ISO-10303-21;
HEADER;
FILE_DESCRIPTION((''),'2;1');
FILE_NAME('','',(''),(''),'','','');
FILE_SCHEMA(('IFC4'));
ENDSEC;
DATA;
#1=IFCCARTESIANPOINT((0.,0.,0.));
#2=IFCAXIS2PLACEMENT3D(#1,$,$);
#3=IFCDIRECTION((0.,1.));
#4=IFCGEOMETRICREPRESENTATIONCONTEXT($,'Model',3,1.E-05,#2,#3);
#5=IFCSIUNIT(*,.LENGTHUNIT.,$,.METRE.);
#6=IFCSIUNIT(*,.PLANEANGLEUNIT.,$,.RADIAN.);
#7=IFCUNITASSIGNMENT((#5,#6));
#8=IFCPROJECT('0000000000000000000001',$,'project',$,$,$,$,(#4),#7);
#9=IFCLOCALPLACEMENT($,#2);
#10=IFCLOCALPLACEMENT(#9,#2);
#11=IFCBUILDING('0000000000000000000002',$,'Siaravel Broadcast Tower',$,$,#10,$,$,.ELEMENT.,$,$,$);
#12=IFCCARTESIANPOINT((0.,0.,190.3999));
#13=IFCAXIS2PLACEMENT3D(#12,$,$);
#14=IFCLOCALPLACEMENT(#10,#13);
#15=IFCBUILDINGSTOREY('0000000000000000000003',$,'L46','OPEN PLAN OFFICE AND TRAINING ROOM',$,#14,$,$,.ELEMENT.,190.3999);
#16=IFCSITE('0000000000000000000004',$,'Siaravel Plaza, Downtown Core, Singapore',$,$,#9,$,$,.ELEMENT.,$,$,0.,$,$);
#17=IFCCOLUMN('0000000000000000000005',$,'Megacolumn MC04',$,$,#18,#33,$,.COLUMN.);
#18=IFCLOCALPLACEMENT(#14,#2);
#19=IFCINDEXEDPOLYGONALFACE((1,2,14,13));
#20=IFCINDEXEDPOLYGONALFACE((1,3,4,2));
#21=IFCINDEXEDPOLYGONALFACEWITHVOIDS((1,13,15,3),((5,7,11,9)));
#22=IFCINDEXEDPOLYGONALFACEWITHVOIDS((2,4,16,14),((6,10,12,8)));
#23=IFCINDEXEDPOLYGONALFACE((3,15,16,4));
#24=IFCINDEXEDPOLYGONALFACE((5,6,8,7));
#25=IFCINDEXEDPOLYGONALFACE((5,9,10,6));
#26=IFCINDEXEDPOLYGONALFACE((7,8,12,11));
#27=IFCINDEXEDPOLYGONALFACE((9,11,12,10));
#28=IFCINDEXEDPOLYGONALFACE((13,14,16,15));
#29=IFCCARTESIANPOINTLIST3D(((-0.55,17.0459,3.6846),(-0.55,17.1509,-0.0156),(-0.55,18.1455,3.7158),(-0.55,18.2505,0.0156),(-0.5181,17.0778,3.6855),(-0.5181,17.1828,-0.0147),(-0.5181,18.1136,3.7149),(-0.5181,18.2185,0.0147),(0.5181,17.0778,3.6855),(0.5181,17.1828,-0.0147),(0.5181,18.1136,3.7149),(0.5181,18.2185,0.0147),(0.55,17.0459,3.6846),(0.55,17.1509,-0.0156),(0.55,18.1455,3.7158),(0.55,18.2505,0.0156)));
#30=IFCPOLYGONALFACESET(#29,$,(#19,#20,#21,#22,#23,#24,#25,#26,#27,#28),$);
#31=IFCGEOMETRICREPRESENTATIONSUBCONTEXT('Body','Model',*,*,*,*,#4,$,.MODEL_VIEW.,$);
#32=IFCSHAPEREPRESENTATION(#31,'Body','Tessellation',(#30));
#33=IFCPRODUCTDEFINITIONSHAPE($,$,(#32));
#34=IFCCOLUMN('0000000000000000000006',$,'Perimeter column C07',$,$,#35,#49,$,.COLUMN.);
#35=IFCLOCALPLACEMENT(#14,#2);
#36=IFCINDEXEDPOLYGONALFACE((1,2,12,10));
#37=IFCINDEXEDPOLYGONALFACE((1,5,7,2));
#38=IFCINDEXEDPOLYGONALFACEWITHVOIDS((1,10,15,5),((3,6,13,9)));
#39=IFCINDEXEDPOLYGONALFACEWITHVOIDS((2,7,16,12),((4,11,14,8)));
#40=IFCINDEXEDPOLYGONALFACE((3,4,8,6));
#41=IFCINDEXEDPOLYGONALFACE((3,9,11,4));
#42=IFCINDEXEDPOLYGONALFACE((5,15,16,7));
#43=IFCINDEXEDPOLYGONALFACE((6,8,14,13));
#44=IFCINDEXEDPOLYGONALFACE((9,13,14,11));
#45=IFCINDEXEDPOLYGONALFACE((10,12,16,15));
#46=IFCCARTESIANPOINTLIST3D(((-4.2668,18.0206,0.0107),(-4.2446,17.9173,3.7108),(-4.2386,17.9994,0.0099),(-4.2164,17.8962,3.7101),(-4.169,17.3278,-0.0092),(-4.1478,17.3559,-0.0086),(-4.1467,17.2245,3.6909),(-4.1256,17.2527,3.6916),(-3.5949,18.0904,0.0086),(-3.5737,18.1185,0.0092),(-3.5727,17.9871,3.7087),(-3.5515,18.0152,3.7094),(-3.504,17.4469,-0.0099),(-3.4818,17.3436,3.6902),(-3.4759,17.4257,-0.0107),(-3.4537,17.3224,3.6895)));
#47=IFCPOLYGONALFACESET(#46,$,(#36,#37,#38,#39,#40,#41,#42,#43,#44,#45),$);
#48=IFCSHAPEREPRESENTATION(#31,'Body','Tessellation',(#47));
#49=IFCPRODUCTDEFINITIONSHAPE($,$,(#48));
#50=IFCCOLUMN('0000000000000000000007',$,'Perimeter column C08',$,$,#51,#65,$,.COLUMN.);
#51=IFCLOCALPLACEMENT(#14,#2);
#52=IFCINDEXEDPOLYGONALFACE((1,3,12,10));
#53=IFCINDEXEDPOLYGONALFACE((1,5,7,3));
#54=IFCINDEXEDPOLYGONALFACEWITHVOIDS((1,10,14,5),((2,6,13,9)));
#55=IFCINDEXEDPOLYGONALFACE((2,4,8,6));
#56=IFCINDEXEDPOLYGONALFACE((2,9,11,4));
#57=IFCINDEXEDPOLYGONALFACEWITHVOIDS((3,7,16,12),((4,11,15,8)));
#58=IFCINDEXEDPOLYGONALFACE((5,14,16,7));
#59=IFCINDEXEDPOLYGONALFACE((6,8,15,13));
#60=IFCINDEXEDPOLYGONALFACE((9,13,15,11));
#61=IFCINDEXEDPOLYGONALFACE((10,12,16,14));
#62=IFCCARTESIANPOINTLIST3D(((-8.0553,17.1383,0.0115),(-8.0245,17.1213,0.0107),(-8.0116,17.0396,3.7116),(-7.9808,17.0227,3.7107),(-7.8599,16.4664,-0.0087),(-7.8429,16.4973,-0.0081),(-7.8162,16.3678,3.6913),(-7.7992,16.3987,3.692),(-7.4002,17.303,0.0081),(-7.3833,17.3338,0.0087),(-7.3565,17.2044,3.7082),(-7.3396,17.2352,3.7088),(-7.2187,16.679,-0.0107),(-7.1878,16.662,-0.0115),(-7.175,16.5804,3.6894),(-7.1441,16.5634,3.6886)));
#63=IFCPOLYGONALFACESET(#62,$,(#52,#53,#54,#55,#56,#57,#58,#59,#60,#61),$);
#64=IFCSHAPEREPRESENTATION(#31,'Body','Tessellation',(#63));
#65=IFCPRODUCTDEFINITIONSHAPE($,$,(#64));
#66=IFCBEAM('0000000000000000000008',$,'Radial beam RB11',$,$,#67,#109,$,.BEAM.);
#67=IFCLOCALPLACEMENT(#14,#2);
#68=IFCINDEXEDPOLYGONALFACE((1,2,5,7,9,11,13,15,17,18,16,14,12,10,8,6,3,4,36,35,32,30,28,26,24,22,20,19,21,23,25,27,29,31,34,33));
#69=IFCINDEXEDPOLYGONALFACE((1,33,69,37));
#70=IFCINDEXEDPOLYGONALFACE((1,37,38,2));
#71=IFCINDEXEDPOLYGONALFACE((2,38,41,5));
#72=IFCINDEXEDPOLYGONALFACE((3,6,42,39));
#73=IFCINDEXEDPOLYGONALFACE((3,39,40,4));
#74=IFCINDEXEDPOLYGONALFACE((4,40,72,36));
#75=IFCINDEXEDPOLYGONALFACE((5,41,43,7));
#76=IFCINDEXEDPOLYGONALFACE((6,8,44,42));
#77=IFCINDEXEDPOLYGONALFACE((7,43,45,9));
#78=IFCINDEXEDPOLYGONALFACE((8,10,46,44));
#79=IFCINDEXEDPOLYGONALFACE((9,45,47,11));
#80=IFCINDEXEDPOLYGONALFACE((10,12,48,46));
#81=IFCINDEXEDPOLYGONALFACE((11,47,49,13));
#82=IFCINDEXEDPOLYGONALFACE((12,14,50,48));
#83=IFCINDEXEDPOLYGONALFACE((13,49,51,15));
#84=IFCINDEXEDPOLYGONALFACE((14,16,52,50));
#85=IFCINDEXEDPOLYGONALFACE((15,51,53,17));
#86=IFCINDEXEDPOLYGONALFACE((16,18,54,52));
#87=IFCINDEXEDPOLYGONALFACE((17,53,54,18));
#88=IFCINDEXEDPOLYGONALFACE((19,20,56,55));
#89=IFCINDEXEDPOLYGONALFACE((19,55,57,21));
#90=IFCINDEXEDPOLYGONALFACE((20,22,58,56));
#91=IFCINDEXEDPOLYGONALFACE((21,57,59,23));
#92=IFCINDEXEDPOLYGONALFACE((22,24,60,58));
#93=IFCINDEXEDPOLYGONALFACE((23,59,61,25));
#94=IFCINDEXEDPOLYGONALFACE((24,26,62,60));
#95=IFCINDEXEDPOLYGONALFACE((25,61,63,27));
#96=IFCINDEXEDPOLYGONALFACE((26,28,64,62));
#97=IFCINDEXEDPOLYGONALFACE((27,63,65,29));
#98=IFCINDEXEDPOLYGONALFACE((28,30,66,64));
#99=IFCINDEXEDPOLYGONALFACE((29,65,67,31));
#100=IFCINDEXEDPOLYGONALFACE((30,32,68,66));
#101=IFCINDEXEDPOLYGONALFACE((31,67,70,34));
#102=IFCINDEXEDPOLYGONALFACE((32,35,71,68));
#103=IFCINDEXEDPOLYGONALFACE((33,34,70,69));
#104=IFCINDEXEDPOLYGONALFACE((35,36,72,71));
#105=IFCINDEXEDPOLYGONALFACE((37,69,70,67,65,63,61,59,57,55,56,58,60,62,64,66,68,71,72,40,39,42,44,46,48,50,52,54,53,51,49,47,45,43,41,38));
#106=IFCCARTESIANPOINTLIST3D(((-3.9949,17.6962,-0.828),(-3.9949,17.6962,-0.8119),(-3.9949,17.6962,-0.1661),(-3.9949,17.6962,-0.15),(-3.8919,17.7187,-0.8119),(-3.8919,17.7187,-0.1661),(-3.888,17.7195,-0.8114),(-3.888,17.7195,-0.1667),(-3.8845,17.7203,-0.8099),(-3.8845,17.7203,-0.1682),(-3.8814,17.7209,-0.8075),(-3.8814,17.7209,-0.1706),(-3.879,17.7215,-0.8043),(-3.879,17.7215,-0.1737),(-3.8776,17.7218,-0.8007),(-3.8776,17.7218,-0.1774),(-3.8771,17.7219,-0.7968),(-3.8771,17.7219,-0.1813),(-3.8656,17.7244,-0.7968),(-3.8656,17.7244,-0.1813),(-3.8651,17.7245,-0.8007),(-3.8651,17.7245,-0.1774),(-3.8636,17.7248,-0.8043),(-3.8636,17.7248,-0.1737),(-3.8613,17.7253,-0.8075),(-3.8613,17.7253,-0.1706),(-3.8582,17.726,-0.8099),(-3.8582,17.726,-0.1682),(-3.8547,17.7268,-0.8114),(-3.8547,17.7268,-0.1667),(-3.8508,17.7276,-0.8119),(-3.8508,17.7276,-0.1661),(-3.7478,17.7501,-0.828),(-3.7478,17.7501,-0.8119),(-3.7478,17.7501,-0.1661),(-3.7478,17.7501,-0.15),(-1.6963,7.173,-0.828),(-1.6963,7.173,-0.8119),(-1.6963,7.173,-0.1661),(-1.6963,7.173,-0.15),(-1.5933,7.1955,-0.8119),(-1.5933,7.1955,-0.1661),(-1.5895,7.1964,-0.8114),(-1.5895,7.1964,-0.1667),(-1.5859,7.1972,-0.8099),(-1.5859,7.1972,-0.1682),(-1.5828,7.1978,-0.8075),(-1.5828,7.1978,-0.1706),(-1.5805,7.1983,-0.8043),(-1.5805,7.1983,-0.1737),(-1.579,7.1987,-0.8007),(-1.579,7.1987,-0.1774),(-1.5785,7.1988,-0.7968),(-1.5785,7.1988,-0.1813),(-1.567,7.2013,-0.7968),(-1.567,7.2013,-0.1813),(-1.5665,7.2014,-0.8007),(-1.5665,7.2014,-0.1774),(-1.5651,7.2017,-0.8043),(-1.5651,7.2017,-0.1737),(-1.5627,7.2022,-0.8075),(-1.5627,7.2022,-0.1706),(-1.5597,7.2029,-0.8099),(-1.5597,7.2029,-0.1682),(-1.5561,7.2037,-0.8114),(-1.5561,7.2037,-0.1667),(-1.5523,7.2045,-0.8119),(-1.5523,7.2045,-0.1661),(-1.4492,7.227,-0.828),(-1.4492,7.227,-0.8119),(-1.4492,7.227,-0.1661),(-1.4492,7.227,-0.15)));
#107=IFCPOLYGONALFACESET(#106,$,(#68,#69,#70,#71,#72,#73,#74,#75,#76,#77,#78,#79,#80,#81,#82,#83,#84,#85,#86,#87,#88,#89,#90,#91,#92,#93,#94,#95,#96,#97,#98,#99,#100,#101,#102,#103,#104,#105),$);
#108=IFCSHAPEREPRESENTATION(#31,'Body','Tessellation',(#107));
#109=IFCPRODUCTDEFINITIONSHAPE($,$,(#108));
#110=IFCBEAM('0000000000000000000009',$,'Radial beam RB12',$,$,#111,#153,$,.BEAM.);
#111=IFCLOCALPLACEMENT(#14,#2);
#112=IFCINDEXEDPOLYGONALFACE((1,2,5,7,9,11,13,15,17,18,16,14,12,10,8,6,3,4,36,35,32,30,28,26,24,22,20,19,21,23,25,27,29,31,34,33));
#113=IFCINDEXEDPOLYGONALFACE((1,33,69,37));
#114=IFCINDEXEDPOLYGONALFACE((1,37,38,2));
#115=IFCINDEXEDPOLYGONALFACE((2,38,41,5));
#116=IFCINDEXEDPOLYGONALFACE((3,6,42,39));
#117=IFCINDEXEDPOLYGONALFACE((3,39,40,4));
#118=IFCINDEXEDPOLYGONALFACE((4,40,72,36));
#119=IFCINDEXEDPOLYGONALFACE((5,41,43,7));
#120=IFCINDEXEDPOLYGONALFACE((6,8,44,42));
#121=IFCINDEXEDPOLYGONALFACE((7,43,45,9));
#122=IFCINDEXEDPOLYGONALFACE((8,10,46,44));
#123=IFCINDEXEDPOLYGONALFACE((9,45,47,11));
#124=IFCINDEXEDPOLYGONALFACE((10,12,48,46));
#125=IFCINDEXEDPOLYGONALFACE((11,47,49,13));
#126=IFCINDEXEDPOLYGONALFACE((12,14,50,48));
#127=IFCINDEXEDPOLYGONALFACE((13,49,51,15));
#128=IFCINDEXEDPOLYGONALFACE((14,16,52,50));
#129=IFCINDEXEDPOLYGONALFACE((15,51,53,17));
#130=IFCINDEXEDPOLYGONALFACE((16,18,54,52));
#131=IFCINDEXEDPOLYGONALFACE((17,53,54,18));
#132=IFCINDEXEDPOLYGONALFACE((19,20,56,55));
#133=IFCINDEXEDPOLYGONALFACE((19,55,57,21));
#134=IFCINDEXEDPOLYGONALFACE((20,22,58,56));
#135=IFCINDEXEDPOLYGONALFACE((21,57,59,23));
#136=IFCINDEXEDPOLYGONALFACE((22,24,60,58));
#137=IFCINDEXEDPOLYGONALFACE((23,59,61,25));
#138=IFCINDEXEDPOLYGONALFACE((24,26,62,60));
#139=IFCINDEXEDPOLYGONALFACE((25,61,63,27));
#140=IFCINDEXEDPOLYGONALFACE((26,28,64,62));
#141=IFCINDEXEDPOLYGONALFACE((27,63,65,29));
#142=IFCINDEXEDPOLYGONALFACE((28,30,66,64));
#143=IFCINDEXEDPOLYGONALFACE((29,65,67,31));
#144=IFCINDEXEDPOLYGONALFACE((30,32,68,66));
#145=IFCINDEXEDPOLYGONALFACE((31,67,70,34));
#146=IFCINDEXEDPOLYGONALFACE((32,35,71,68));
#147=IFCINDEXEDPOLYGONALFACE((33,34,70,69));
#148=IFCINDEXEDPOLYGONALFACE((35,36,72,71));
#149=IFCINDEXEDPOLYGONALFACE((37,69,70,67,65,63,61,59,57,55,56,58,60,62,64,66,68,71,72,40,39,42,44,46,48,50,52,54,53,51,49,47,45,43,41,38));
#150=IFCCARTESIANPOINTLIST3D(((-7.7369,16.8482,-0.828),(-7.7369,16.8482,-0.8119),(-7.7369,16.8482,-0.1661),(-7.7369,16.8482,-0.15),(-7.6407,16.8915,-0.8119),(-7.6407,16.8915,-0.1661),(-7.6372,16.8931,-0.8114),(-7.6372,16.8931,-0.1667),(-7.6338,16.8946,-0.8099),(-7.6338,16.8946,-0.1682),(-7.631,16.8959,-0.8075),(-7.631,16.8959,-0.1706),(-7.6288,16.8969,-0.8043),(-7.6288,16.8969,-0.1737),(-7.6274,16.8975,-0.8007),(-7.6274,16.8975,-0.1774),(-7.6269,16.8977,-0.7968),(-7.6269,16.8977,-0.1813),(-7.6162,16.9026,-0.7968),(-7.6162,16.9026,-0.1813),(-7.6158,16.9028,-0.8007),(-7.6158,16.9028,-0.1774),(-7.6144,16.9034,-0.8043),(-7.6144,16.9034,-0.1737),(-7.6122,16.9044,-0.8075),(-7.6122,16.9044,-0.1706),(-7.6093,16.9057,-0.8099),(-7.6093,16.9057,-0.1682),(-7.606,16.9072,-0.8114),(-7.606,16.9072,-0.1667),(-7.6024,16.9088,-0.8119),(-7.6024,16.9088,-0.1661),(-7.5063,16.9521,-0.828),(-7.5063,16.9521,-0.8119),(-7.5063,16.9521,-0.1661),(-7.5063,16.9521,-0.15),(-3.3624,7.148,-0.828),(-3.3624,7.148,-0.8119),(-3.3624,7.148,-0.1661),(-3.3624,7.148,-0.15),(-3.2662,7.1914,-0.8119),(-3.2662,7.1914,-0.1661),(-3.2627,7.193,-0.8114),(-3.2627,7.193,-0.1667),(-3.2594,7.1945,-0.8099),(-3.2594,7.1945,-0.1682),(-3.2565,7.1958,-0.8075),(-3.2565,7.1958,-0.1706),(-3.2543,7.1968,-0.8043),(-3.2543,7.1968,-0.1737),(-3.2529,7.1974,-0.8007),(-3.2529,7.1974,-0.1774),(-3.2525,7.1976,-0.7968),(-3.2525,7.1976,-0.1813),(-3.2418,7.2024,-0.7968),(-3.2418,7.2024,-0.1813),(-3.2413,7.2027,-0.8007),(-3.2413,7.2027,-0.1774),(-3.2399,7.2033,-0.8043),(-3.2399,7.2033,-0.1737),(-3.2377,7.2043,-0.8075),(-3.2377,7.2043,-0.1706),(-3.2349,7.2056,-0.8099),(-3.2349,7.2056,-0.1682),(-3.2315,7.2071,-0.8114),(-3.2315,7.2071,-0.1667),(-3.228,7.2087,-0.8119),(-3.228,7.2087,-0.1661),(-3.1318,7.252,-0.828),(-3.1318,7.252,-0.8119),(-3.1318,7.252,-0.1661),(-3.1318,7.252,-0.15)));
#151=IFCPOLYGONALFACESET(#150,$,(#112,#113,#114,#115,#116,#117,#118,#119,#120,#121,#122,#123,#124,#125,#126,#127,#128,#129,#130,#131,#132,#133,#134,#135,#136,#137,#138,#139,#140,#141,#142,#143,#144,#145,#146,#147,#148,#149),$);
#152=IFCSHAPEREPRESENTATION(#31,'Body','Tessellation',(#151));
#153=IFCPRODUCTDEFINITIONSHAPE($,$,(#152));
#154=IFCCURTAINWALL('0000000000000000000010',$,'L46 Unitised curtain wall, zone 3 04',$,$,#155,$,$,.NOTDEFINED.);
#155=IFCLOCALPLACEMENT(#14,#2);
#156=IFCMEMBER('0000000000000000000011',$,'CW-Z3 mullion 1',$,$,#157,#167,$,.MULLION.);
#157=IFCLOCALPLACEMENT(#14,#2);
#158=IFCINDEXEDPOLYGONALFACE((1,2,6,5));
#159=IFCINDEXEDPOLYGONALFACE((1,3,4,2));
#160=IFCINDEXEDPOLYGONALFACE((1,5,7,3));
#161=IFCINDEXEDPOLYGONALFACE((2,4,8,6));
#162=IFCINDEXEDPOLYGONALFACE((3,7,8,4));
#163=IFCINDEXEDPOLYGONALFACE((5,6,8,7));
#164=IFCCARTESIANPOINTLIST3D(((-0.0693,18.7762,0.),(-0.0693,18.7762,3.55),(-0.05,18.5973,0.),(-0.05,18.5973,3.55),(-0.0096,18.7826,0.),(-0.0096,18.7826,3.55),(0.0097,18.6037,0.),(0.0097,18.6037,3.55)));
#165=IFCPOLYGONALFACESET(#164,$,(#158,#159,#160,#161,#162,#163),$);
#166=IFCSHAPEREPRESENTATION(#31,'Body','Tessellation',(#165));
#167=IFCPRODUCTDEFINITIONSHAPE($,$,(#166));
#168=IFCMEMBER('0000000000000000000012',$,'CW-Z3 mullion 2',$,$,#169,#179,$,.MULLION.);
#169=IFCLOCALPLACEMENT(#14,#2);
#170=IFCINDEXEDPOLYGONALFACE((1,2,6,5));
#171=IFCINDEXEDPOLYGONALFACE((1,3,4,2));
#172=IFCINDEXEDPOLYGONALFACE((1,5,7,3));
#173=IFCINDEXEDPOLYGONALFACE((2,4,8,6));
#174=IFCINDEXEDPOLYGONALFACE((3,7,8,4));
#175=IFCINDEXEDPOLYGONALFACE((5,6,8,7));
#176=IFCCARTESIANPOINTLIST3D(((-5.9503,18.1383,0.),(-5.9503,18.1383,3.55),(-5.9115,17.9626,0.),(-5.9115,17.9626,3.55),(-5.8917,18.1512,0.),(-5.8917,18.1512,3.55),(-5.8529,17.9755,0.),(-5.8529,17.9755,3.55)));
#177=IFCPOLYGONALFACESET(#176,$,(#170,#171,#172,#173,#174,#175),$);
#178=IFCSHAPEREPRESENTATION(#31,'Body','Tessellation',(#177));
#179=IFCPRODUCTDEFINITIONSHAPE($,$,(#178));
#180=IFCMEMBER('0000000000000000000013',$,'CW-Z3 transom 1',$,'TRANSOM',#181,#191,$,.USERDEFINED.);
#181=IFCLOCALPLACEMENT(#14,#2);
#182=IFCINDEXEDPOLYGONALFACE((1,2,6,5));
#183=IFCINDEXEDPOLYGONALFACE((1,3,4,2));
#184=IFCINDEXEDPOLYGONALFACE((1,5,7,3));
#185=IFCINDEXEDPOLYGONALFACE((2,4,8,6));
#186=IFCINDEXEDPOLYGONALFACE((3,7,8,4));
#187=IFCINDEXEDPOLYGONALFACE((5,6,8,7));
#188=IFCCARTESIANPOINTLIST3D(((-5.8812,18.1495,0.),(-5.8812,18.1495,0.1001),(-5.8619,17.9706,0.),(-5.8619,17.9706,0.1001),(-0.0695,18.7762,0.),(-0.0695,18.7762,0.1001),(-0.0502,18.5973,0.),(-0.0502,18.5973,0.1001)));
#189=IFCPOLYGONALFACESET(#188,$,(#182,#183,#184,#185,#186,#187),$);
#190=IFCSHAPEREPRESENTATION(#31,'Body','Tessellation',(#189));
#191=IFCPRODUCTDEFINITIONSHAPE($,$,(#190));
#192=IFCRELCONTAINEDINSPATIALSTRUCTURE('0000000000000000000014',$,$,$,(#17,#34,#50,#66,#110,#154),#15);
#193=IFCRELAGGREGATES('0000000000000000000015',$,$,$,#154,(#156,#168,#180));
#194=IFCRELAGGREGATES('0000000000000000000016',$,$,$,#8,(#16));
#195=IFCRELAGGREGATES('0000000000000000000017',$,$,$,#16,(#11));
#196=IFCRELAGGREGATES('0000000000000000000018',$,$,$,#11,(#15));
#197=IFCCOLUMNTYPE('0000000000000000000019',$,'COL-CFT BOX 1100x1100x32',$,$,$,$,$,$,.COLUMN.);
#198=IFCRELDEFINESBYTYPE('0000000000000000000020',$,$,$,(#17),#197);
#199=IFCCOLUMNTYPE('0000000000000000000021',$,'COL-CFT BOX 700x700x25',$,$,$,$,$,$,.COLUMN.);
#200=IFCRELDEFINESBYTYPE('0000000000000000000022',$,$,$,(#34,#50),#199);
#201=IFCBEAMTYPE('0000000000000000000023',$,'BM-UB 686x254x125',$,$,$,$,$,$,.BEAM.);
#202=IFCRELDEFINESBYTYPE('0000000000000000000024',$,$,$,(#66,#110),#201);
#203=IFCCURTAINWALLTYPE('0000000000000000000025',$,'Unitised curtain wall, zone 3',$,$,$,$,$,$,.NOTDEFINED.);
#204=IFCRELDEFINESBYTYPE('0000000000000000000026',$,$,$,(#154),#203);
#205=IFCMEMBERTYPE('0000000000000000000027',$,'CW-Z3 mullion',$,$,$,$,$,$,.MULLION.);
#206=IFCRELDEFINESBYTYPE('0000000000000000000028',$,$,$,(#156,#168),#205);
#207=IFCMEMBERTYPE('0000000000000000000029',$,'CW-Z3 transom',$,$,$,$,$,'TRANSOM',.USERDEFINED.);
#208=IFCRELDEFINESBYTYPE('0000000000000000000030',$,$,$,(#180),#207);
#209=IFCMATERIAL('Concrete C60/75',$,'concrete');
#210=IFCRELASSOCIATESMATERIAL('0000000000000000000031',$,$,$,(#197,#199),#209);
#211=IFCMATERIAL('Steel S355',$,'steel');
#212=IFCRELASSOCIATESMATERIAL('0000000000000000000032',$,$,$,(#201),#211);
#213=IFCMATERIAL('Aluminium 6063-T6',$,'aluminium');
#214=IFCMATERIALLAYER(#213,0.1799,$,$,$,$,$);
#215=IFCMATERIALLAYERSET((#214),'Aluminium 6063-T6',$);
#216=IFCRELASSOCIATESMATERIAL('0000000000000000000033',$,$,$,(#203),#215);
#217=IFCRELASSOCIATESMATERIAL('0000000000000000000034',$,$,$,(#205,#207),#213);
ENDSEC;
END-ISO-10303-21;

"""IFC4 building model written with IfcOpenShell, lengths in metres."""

from ifc_helpers import new_model, si_unit, direction, frame, origin, origin_2d, place, context, subcontext, project, spatial, rectangle, hollow_rectangle, i_section, extrude, material, layer, layer_set, material_profile, profile_set, type_object, element, aggregate, save


model = new_model("IFC4")

# Units and contexts
model_context = context("Model", 3, precision=1e-05, world=origin(), true_north=direction((0.0, 1.0)))
body_context = subcontext(model_context, "Body", "Model", "MODEL_VIEW")
ifc_project = project(units=[si_unit("LENGTHUNIT", "METRE"), si_unit("PLANEANGLEUNIT", "RADIAN")], contexts=[model_context])

# Site, building, storey
site_placement = place(None, origin())
site = spatial("IfcSite", under=ifc_project, at=site_placement, Name="Siaravel Plaza, Downtown Core, Singapore", CompositionType="ELEMENT", RefElevation=0.0)
building_placement = place(site_placement, origin())
building = spatial("IfcBuilding", under=site, at=building_placement, Name="Siaravel Broadcast Tower", CompositionType="ELEMENT")
storey_placement = place(building_placement, frame((0.0, 0.0, 190.3999)))
storey = spatial("IfcBuildingStorey", under=building, at=storey_placement, Name="L46", Description="OPEN PLAN OFFICE AND TRAINING ROOM", CompositionType="ELEMENT", Elevation=190.3999)

# Columns
ifc_material_1 = material(Name="Concrete C60/75", Category="concrete")
ifc_material_profile_1 = material_profile(ifc_material_1, hollow_rectangle(XDim=1.1001, YDim=1.1001, WallThickness=0.032, at=origin_2d()))
ifc_profile_set_1 = profile_set([ifc_material_profile_1], Name="Concrete C60/75")
column_type_1 = type_object("IfcColumnType", Name="COL-CFT BOX 1100x1100x32", PredefinedType="COLUMN", material=ifc_profile_set_1)
column_placement = place(storey_placement, frame((0.0, 17.7007, 0.0), z_axis=(0.0, -0.02836, 0.999598), x_axis=(1.0, 0.0, 0.0)))
element("IfcColumn", 1, at=column_placement, inside=storey, type_object=column_type_1, Name="Megacolumn MC04", PredefinedType="COLUMN", context=body_context, shape_type="SweptSolid", body=[
    extrude(hollow_rectangle(XDim=1.1001, YDim=1.1001, WallThickness=0.032, at=origin_2d()), origin(), (0.0, 0.0, 1.0), 3.7017),
])
ifc_material_profile_2 = material_profile(ifc_material_1, hollow_rectangle(XDim=0.7, YDim=0.7, WallThickness=0.0249, at=origin_2d()))
ifc_profile_set_2 = profile_set([ifc_material_profile_2], Name="Concrete C60/75")
column_type_2 = type_object("IfcColumnType", Name="COL-CFT BOX 700x700x25", PredefinedType="COLUMN", material=ifc_profile_set_2)
for number, where, z_axis, x_axis, name in (
    (2, (-3.8713, 17.7231, 0.0), (0.006002, -0.027898, 0.999593), (0.990169, 0.139858, -0.002042), "Perimeter column C07"),
    (3, (-7.6216, 16.9001, 0.0), (0.011805, -0.026645, 0.999575), (0.960155, 0.27944, -0.003891), "Perimeter column C08"),
):
    element("IfcColumn", number, at=place(storey_placement, frame(where, z_axis=z_axis, x_axis=x_axis)), inside=storey, type_object=column_type_2, Name=name, PredefinedType="COLUMN", context=body_context, shape_type="SweptSolid", body=[
        extrude(hollow_rectangle(XDim=0.7, YDim=0.7, WallThickness=0.0249, at=origin_2d()), origin(), (0.0, 0.0, 1.0), 3.7017),
    ])

# Beams
ifc_material_2 = material(Name="Steel S355", Category="steel")
ifc_material_profile_3 = material_profile(ifc_material_2, i_section(OverallWidth=0.2529, OverallDepth=0.678, WebThickness=0.0117, FlangeThickness=0.0161, FilletRadius=0.0151, at=origin_2d()))
ifc_profile_set_3 = profile_set([ifc_material_profile_3], Name="Steel S355")
beam_type = type_object("IfcBeamType", Name="BM-UB 686x254x125", PredefinedType="BEAM", material=ifc_profile_set_3)
beam_1_placement = place(storey_placement, frame((-3.8713, 17.7231, -0.489), z_axis=(0.213399, -0.976965, 0.0), x_axis=(0.976965, 0.213399, 0.0)))
element("IfcBeam", 4, at=beam_1_placement, inside=storey, type_object=beam_type, Name="Radial beam RB11", PredefinedType="BEAM", context=body_context, shape_type="SweptSolid", body=[
    extrude(i_section(OverallWidth=0.2529, OverallDepth=0.678, WebThickness=0.0117, FlangeThickness=0.0161, FilletRadius=0.0151, at=origin_2d()), origin(), (0.0, 0.0, 1.0), 10.7712),
])
beam_2_placement = place(storey_placement, frame((-7.6216, 16.9001, -0.489), z_axis=(0.411101, -0.91159, 0.0), x_axis=(0.91159, 0.411101, 0.0)))
element("IfcBeam", 5, at=beam_2_placement, inside=storey, type_object=beam_type, Name="Radial beam RB12", PredefinedType="BEAM", context=body_context, shape_type="SweptSolid", body=[
    extrude(i_section(OverallWidth=0.2529, OverallDepth=0.678, WebThickness=0.0117, FlangeThickness=0.0161, FilletRadius=0.0151, at=origin_2d()), origin(), (0.0, 0.0, 1.0), 10.6409),
])

# Curtain wall, members
ifc_material_3 = material(Name="Aluminium 6063-T6", Category="aluminium")
ifc_layer_1 = layer(ifc_material_3, 0.1799)
ifc_layer_set_1 = layer_set([ifc_layer_1], Name="Aluminium 6063-T6")
curtain_wall_type = type_object("IfcCurtainWallType", Name="Unitised curtain wall, zone 3", PredefinedType="NOTDEFINED", material=ifc_layer_set_1)
curtain_wall_placement = place(storey_placement, origin())
curtain_wall = element("IfcCurtainWall", 6, at=curtain_wall_placement, inside=storey, type_object=curtain_wall_type, Name="L46 Unitised curtain wall, zone 3 04", PredefinedType="NOTDEFINED")
ifc_material_profile_4 = material_profile(ifc_material_3, rectangle(XDim=0.1799, YDim=0.0601, at=origin_2d()))
ifc_profile_set_4 = profile_set([ifc_material_profile_4], Name="Aluminium 6063-T6")
member_type_1 = type_object("IfcMemberType", Name="CW-Z3 mullion", PredefinedType="MULLION", material=ifc_profile_set_4)
member_1_placement = place(storey_placement, frame((-0.0298, 18.6899, 0.0), z_axis=(0.0, 0.0, 1.0), x_axis=(0.107217, -0.994236, 0.0)))
member_1 = element("IfcMember", 7, at=member_1_placement, type_object=member_type_1, Name="CW-Z3 mullion 1", PredefinedType="MULLION", context=body_context, shape_type="SweptSolid", body=[
    extrude(rectangle(XDim=0.1799, YDim=0.0601, at=origin_2d()), origin(), (0.0, 0.0, 1.0), 3.55),
])
member_2_placement = place(storey_placement, frame((-5.9016, 18.0569, 0.0), z_axis=(0.0, 0.0, 1.0), x_axis=(0.215558, -0.976491, 0.0)))
member_2 = element("IfcMember", 8, at=member_2_placement, type_object=member_type_1, Name="CW-Z3 mullion 2", PredefinedType="MULLION", context=body_context, shape_type="SweptSolid", body=[
    extrude(rectangle(XDim=0.1799, YDim=0.0601, at=origin_2d()), origin(), (0.0, 0.0, 1.0), 3.55),
])
ifc_material_profile_5 = material_profile(ifc_material_3, rectangle(XDim=0.1799, YDim=0.1001, at=origin_2d()))
ifc_profile_set_5 = profile_set([ifc_material_profile_5], Name="Aluminium 6063-T6")
member_type_2 = type_object("IfcMemberType", Name="CW-Z3 transom", ElementType="TRANSOM", PredefinedType="USERDEFINED", material=ifc_profile_set_5)
member_3_placement = place(storey_placement, frame((-0.0598, 18.6868, 0.05), z_axis=(-0.994236, -0.107213, 0.0), x_axis=(0.107213, -0.994236, 0.0)))
member_3 = element("IfcMember", 9, at=member_3_placement, type_object=member_type_2, Name="CW-Z3 transom 1", ObjectType="TRANSOM", PredefinedType="USERDEFINED", context=body_context, shape_type="SweptSolid", body=[
    extrude(rectangle(XDim=0.1799, YDim=0.1001, at=origin_2d()), origin(), (0.0, 0.0, 1.0), 5.8455),
])

aggregate(curtain_wall, [member_1, member_2, member_3])

save(model, "model.ifc")
